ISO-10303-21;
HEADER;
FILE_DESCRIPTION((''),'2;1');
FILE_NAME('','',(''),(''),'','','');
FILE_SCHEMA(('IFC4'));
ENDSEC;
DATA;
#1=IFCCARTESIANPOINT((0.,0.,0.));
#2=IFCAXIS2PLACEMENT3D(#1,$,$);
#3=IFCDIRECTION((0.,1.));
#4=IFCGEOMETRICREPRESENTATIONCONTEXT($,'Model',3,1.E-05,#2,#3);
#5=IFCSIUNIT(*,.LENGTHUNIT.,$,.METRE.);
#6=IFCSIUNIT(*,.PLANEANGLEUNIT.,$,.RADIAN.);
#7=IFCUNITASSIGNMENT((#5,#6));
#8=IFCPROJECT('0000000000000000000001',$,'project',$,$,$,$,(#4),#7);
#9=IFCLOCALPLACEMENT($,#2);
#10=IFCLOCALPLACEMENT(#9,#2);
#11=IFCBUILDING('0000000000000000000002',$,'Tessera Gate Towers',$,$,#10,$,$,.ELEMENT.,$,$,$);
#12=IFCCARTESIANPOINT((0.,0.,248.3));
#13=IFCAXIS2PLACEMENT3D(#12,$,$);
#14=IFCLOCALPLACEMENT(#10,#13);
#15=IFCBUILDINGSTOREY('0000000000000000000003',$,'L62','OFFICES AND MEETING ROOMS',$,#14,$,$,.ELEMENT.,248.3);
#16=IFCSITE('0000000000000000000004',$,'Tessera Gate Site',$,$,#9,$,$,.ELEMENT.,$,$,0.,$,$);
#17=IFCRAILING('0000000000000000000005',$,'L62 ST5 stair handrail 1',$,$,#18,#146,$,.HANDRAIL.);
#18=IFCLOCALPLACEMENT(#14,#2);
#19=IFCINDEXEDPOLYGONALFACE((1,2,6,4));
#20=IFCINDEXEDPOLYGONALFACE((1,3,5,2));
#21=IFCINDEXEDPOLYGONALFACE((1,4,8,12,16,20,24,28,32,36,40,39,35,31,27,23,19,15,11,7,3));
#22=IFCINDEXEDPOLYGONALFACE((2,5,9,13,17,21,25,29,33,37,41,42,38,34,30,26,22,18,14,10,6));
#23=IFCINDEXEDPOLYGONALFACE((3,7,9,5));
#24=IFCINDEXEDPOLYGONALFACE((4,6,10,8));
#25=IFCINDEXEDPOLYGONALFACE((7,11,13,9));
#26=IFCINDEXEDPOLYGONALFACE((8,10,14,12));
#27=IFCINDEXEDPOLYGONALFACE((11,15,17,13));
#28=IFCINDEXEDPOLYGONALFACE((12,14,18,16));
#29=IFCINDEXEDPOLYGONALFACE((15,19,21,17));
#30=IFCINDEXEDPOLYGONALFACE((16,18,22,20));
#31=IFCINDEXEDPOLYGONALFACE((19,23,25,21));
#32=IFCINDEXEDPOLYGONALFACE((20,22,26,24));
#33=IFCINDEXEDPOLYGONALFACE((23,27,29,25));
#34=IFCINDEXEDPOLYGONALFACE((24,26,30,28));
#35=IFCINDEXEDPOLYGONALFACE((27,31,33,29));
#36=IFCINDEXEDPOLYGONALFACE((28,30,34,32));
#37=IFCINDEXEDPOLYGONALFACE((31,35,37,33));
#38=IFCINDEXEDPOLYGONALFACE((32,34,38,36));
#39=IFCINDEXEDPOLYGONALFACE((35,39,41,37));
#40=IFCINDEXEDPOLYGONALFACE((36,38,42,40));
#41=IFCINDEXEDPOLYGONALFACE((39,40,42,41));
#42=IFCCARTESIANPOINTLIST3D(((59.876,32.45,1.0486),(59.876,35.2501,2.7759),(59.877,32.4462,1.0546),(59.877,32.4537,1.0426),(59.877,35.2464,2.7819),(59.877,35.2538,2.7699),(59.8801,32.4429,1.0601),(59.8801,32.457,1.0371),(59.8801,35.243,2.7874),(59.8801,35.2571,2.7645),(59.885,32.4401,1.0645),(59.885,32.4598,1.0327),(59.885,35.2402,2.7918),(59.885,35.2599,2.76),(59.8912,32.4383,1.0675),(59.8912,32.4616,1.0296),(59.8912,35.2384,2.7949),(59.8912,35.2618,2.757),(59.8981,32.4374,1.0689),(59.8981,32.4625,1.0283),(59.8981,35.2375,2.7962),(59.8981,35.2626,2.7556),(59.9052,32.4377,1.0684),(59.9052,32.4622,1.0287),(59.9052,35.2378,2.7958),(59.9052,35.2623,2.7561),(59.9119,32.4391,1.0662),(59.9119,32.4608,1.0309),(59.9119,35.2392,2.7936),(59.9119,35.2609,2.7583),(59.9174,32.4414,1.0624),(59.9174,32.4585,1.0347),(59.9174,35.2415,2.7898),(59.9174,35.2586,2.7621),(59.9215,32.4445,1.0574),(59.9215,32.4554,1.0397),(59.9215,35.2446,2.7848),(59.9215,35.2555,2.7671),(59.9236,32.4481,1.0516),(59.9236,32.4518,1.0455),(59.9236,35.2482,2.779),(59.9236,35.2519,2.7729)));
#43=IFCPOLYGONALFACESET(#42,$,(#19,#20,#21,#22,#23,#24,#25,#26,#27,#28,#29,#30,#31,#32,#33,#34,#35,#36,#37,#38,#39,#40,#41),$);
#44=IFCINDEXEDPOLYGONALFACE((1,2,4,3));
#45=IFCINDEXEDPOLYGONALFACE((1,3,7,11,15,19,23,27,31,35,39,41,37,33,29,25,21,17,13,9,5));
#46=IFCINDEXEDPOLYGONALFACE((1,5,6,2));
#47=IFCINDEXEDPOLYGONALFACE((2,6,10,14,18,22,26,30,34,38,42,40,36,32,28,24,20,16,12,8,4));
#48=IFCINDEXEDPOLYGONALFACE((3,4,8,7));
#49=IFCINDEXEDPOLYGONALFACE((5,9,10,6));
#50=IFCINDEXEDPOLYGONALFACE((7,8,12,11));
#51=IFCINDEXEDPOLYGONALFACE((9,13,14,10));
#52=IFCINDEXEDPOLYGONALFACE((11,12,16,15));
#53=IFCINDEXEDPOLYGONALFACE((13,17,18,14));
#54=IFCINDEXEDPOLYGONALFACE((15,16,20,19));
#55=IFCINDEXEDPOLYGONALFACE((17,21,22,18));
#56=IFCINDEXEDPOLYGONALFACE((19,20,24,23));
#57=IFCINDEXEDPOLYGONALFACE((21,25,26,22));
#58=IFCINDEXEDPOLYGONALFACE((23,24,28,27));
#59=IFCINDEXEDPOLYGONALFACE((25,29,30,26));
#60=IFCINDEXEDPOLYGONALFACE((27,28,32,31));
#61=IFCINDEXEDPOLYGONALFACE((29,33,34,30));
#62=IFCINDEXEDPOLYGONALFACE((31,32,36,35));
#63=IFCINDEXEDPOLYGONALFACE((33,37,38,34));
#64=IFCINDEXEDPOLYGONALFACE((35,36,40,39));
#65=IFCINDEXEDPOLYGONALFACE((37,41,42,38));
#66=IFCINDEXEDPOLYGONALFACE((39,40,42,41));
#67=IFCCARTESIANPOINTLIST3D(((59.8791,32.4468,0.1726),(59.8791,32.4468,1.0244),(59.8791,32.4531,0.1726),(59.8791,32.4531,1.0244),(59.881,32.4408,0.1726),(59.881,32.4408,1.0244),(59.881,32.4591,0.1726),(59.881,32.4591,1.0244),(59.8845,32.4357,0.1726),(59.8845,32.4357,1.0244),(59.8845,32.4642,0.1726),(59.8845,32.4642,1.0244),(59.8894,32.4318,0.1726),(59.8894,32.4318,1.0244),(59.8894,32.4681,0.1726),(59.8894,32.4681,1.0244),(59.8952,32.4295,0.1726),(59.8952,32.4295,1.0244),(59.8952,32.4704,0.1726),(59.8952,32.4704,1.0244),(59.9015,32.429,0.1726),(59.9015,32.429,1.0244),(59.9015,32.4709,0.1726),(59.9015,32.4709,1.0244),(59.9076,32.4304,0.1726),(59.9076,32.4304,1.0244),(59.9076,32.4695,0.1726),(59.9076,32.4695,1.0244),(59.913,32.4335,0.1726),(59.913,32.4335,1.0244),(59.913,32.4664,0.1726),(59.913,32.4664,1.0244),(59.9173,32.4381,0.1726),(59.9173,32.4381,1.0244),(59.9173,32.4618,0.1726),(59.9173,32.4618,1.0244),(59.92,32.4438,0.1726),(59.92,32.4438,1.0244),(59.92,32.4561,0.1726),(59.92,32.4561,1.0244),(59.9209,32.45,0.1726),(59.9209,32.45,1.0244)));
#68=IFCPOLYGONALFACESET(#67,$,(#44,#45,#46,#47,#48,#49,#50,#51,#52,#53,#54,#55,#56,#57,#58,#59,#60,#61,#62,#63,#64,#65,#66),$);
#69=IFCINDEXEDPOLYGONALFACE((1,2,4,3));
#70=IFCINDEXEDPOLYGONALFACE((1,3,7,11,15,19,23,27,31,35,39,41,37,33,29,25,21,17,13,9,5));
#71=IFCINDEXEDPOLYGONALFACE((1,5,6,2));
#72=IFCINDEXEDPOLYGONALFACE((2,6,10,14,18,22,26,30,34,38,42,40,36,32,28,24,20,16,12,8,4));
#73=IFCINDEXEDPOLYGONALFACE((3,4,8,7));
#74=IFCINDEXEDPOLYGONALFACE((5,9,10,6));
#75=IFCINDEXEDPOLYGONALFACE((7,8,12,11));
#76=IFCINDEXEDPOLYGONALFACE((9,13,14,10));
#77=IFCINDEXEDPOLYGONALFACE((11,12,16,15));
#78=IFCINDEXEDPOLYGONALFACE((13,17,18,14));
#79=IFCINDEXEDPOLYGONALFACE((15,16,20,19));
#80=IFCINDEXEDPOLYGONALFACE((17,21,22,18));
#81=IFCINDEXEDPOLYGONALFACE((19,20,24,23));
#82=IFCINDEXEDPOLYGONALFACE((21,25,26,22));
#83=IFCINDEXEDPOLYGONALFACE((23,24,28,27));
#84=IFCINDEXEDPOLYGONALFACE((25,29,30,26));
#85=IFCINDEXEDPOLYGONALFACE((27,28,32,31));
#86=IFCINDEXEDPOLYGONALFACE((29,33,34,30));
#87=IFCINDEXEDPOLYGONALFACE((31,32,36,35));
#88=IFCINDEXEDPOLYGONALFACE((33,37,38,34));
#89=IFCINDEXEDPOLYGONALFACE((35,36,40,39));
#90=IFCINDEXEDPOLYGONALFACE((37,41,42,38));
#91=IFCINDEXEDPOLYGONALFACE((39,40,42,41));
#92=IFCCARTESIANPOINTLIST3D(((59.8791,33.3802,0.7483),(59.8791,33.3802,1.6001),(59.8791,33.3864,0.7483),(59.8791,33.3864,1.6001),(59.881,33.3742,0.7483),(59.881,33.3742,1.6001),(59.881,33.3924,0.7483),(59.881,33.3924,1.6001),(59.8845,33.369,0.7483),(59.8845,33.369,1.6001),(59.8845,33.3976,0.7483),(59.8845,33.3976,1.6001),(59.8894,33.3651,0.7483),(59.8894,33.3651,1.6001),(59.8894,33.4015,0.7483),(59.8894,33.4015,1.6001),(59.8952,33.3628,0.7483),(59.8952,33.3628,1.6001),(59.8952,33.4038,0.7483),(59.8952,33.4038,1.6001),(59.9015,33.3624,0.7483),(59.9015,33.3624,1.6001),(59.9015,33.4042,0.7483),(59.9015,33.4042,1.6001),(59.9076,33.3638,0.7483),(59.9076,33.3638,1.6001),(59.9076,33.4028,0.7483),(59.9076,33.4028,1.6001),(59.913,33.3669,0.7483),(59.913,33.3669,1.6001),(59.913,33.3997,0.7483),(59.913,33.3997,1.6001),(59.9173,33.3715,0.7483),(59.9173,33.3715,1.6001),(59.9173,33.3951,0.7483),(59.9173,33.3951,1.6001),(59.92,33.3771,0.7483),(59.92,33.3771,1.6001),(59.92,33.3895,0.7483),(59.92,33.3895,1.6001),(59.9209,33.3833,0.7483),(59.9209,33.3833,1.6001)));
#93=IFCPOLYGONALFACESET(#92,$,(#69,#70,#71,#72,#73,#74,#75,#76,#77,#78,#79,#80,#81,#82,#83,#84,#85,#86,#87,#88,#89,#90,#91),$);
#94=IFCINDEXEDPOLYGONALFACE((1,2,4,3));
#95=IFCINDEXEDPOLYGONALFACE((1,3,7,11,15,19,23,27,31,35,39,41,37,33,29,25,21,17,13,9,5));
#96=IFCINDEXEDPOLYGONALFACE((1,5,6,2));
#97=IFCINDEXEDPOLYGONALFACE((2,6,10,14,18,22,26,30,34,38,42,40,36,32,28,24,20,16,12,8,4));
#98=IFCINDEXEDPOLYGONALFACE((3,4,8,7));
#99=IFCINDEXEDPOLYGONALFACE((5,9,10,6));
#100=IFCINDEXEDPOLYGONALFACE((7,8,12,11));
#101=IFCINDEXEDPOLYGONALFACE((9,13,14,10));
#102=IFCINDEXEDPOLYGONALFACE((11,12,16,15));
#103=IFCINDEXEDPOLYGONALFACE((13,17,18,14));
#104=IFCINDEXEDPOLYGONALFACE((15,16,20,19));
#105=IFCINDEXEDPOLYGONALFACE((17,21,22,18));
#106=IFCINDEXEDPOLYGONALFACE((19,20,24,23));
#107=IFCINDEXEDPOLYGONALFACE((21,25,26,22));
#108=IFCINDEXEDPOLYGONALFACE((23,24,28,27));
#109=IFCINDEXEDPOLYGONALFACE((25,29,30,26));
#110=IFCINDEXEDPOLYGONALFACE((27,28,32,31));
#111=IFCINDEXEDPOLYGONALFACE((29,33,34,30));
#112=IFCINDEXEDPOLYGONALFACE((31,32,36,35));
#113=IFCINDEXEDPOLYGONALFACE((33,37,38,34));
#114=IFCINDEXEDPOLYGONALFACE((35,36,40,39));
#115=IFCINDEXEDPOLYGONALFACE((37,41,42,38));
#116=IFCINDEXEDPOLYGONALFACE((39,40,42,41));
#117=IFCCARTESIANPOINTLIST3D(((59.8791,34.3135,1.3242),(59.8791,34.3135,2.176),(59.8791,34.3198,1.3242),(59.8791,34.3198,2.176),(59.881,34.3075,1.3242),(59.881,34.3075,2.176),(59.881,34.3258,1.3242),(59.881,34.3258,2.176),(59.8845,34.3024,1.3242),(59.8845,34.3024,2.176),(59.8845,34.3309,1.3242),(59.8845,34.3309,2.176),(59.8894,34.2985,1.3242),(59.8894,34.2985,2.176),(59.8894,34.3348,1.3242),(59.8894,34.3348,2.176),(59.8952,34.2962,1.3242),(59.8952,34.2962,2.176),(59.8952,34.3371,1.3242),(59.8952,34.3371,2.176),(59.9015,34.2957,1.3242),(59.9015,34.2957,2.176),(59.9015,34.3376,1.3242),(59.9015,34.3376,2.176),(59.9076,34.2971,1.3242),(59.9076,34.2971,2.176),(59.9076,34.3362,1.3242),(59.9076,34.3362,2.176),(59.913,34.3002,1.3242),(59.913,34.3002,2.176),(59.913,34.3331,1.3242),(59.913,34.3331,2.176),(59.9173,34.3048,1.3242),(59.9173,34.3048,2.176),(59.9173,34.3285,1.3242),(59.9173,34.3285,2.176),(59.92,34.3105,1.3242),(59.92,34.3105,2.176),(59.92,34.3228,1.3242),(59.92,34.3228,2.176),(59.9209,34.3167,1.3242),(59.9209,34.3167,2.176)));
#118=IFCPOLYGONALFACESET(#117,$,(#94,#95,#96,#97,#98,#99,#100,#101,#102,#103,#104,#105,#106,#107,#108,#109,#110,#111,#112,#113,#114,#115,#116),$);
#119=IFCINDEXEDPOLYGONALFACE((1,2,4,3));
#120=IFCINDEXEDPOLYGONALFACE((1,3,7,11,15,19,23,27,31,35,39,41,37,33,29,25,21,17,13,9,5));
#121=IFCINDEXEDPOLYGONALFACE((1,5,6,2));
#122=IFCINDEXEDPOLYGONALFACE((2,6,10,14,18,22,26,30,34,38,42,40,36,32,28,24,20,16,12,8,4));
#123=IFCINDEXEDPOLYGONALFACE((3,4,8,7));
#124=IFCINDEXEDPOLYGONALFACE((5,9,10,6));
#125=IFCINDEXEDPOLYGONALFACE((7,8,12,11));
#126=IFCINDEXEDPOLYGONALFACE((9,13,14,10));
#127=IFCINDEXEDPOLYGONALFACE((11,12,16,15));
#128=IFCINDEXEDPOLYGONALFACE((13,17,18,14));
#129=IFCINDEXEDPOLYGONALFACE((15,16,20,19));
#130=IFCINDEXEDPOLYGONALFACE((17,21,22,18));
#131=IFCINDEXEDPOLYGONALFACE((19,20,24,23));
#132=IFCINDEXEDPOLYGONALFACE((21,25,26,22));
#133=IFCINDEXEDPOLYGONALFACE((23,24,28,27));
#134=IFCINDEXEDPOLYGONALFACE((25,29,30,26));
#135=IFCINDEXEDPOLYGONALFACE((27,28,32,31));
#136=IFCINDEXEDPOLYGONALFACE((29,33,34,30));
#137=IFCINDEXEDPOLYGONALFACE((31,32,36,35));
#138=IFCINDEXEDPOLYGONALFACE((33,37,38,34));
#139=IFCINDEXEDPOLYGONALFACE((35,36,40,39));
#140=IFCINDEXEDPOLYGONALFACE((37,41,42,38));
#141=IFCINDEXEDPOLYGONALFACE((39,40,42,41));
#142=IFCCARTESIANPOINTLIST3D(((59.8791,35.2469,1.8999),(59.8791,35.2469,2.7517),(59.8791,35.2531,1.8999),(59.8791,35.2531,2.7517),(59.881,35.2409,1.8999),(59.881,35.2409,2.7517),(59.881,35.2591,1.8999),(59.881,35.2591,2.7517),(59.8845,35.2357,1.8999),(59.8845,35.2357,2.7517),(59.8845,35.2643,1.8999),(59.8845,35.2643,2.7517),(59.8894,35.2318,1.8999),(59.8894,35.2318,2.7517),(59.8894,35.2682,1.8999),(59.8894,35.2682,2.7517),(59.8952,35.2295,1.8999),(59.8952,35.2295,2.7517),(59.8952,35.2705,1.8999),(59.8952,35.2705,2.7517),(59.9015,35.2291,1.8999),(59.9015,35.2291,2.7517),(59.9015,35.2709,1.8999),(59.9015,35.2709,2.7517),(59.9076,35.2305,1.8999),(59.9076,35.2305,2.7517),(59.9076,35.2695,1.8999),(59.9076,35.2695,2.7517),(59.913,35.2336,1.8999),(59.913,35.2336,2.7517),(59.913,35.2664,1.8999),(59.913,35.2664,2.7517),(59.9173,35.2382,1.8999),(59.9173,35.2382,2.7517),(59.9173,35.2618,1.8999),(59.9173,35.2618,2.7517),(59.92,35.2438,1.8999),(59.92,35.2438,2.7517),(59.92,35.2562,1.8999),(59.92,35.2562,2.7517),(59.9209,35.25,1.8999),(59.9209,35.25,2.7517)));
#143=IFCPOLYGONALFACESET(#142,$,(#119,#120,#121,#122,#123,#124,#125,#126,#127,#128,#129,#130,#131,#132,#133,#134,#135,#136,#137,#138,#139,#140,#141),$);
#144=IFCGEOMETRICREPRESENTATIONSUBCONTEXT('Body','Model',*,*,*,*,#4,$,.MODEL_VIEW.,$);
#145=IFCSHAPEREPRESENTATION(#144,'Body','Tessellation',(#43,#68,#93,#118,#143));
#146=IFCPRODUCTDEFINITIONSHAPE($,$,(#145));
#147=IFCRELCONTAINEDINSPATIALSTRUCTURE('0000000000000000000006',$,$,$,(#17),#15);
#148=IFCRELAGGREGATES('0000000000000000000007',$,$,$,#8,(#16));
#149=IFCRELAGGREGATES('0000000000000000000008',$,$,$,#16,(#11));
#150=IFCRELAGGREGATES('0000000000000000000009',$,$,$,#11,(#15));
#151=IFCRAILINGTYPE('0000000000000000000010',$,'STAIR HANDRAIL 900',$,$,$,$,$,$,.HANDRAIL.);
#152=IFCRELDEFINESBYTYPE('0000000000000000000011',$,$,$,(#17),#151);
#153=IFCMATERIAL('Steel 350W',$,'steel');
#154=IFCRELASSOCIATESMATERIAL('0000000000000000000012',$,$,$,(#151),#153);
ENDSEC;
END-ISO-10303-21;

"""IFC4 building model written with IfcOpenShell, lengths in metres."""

from ifc_helpers import new_model, si_unit, direction, frame, origin, origin_2d, place, context, subcontext, project, spatial, circle, extrude, material, type_object, element, save


model = new_model("IFC4")

# Units and contexts
model_context = context("Model", 3, precision=1e-05, world=origin(), true_north=direction((0.0, 1.0)))
body_context = subcontext(model_context, "Body", "Model", "MODEL_VIEW")
ifc_project = project(units=[si_unit("LENGTHUNIT", "METRE"), si_unit("PLANEANGLEUNIT", "RADIAN")], contexts=[model_context])

# Site, building, storey
site_placement = place(None, origin())
site = spatial("IfcSite", under=ifc_project, at=site_placement, Name="Tessera Gate Site", CompositionType="ELEMENT", RefElevation=0.0)
building_placement = place(site_placement, origin())
building = spatial("IfcBuilding", under=site, at=building_placement, Name="Tessera Gate Towers", CompositionType="ELEMENT")
storey_placement = place(building_placement, frame((0.0, 0.0, 248.3)))
storey = spatial("IfcBuildingStorey", under=building, at=storey_placement, Name="L62", Description="OFFICES AND MEETING ROOMS", CompositionType="ELEMENT", Elevation=248.3)

# Railing
ifc_material_1 = material(Name="Steel 350W", Category="steel")
railing_type_1 = type_object("IfcRailingType", Name="STAIR HANDRAIL 900", PredefinedType="HANDRAIL", material=ifc_material_1)
for number, where, name in (
    (1, (59.8999, 32.45, 0.1726), "L62 ST5 stair handrail 1"),
):
    element("IfcRailing", number, at=place(storey_placement, frame(where)), inside=storey, type_object=railing_type_1, Name=name, PredefinedType="HANDRAIL", context=body_context, shape_type="SweptSolid", body=[
        extrude(circle(Radius=0.0239, at=origin_2d()), frame((0.0, 0.0, 0.876), z_axis=(0.0, 0.85109, 0.52502), x_axis=(-1.0, 0.0, 0.0)), (0.0, 0.0, 1.0), 3.29),
        extrude(circle(Radius=0.021, at=origin_2d()), origin(), (0.0, 0.0, 1.0), 0.8518),
        extrude(circle(Radius=0.021, at=origin_2d()), frame((0.0, 0.9333, 0.5757)), (0.0, 0.0, 1.0), 0.8518),
        extrude(circle(Radius=0.021, at=origin_2d()), frame((0.0, 1.8667, 1.1516)), (0.0, 0.0, 1.0), 0.8518),
        extrude(circle(Radius=0.021, at=origin_2d()), frame((0.0, 2.8, 1.7273)), (0.0, 0.0, 1.0), 0.8518),
    ])

save(model, "model.ifc")
